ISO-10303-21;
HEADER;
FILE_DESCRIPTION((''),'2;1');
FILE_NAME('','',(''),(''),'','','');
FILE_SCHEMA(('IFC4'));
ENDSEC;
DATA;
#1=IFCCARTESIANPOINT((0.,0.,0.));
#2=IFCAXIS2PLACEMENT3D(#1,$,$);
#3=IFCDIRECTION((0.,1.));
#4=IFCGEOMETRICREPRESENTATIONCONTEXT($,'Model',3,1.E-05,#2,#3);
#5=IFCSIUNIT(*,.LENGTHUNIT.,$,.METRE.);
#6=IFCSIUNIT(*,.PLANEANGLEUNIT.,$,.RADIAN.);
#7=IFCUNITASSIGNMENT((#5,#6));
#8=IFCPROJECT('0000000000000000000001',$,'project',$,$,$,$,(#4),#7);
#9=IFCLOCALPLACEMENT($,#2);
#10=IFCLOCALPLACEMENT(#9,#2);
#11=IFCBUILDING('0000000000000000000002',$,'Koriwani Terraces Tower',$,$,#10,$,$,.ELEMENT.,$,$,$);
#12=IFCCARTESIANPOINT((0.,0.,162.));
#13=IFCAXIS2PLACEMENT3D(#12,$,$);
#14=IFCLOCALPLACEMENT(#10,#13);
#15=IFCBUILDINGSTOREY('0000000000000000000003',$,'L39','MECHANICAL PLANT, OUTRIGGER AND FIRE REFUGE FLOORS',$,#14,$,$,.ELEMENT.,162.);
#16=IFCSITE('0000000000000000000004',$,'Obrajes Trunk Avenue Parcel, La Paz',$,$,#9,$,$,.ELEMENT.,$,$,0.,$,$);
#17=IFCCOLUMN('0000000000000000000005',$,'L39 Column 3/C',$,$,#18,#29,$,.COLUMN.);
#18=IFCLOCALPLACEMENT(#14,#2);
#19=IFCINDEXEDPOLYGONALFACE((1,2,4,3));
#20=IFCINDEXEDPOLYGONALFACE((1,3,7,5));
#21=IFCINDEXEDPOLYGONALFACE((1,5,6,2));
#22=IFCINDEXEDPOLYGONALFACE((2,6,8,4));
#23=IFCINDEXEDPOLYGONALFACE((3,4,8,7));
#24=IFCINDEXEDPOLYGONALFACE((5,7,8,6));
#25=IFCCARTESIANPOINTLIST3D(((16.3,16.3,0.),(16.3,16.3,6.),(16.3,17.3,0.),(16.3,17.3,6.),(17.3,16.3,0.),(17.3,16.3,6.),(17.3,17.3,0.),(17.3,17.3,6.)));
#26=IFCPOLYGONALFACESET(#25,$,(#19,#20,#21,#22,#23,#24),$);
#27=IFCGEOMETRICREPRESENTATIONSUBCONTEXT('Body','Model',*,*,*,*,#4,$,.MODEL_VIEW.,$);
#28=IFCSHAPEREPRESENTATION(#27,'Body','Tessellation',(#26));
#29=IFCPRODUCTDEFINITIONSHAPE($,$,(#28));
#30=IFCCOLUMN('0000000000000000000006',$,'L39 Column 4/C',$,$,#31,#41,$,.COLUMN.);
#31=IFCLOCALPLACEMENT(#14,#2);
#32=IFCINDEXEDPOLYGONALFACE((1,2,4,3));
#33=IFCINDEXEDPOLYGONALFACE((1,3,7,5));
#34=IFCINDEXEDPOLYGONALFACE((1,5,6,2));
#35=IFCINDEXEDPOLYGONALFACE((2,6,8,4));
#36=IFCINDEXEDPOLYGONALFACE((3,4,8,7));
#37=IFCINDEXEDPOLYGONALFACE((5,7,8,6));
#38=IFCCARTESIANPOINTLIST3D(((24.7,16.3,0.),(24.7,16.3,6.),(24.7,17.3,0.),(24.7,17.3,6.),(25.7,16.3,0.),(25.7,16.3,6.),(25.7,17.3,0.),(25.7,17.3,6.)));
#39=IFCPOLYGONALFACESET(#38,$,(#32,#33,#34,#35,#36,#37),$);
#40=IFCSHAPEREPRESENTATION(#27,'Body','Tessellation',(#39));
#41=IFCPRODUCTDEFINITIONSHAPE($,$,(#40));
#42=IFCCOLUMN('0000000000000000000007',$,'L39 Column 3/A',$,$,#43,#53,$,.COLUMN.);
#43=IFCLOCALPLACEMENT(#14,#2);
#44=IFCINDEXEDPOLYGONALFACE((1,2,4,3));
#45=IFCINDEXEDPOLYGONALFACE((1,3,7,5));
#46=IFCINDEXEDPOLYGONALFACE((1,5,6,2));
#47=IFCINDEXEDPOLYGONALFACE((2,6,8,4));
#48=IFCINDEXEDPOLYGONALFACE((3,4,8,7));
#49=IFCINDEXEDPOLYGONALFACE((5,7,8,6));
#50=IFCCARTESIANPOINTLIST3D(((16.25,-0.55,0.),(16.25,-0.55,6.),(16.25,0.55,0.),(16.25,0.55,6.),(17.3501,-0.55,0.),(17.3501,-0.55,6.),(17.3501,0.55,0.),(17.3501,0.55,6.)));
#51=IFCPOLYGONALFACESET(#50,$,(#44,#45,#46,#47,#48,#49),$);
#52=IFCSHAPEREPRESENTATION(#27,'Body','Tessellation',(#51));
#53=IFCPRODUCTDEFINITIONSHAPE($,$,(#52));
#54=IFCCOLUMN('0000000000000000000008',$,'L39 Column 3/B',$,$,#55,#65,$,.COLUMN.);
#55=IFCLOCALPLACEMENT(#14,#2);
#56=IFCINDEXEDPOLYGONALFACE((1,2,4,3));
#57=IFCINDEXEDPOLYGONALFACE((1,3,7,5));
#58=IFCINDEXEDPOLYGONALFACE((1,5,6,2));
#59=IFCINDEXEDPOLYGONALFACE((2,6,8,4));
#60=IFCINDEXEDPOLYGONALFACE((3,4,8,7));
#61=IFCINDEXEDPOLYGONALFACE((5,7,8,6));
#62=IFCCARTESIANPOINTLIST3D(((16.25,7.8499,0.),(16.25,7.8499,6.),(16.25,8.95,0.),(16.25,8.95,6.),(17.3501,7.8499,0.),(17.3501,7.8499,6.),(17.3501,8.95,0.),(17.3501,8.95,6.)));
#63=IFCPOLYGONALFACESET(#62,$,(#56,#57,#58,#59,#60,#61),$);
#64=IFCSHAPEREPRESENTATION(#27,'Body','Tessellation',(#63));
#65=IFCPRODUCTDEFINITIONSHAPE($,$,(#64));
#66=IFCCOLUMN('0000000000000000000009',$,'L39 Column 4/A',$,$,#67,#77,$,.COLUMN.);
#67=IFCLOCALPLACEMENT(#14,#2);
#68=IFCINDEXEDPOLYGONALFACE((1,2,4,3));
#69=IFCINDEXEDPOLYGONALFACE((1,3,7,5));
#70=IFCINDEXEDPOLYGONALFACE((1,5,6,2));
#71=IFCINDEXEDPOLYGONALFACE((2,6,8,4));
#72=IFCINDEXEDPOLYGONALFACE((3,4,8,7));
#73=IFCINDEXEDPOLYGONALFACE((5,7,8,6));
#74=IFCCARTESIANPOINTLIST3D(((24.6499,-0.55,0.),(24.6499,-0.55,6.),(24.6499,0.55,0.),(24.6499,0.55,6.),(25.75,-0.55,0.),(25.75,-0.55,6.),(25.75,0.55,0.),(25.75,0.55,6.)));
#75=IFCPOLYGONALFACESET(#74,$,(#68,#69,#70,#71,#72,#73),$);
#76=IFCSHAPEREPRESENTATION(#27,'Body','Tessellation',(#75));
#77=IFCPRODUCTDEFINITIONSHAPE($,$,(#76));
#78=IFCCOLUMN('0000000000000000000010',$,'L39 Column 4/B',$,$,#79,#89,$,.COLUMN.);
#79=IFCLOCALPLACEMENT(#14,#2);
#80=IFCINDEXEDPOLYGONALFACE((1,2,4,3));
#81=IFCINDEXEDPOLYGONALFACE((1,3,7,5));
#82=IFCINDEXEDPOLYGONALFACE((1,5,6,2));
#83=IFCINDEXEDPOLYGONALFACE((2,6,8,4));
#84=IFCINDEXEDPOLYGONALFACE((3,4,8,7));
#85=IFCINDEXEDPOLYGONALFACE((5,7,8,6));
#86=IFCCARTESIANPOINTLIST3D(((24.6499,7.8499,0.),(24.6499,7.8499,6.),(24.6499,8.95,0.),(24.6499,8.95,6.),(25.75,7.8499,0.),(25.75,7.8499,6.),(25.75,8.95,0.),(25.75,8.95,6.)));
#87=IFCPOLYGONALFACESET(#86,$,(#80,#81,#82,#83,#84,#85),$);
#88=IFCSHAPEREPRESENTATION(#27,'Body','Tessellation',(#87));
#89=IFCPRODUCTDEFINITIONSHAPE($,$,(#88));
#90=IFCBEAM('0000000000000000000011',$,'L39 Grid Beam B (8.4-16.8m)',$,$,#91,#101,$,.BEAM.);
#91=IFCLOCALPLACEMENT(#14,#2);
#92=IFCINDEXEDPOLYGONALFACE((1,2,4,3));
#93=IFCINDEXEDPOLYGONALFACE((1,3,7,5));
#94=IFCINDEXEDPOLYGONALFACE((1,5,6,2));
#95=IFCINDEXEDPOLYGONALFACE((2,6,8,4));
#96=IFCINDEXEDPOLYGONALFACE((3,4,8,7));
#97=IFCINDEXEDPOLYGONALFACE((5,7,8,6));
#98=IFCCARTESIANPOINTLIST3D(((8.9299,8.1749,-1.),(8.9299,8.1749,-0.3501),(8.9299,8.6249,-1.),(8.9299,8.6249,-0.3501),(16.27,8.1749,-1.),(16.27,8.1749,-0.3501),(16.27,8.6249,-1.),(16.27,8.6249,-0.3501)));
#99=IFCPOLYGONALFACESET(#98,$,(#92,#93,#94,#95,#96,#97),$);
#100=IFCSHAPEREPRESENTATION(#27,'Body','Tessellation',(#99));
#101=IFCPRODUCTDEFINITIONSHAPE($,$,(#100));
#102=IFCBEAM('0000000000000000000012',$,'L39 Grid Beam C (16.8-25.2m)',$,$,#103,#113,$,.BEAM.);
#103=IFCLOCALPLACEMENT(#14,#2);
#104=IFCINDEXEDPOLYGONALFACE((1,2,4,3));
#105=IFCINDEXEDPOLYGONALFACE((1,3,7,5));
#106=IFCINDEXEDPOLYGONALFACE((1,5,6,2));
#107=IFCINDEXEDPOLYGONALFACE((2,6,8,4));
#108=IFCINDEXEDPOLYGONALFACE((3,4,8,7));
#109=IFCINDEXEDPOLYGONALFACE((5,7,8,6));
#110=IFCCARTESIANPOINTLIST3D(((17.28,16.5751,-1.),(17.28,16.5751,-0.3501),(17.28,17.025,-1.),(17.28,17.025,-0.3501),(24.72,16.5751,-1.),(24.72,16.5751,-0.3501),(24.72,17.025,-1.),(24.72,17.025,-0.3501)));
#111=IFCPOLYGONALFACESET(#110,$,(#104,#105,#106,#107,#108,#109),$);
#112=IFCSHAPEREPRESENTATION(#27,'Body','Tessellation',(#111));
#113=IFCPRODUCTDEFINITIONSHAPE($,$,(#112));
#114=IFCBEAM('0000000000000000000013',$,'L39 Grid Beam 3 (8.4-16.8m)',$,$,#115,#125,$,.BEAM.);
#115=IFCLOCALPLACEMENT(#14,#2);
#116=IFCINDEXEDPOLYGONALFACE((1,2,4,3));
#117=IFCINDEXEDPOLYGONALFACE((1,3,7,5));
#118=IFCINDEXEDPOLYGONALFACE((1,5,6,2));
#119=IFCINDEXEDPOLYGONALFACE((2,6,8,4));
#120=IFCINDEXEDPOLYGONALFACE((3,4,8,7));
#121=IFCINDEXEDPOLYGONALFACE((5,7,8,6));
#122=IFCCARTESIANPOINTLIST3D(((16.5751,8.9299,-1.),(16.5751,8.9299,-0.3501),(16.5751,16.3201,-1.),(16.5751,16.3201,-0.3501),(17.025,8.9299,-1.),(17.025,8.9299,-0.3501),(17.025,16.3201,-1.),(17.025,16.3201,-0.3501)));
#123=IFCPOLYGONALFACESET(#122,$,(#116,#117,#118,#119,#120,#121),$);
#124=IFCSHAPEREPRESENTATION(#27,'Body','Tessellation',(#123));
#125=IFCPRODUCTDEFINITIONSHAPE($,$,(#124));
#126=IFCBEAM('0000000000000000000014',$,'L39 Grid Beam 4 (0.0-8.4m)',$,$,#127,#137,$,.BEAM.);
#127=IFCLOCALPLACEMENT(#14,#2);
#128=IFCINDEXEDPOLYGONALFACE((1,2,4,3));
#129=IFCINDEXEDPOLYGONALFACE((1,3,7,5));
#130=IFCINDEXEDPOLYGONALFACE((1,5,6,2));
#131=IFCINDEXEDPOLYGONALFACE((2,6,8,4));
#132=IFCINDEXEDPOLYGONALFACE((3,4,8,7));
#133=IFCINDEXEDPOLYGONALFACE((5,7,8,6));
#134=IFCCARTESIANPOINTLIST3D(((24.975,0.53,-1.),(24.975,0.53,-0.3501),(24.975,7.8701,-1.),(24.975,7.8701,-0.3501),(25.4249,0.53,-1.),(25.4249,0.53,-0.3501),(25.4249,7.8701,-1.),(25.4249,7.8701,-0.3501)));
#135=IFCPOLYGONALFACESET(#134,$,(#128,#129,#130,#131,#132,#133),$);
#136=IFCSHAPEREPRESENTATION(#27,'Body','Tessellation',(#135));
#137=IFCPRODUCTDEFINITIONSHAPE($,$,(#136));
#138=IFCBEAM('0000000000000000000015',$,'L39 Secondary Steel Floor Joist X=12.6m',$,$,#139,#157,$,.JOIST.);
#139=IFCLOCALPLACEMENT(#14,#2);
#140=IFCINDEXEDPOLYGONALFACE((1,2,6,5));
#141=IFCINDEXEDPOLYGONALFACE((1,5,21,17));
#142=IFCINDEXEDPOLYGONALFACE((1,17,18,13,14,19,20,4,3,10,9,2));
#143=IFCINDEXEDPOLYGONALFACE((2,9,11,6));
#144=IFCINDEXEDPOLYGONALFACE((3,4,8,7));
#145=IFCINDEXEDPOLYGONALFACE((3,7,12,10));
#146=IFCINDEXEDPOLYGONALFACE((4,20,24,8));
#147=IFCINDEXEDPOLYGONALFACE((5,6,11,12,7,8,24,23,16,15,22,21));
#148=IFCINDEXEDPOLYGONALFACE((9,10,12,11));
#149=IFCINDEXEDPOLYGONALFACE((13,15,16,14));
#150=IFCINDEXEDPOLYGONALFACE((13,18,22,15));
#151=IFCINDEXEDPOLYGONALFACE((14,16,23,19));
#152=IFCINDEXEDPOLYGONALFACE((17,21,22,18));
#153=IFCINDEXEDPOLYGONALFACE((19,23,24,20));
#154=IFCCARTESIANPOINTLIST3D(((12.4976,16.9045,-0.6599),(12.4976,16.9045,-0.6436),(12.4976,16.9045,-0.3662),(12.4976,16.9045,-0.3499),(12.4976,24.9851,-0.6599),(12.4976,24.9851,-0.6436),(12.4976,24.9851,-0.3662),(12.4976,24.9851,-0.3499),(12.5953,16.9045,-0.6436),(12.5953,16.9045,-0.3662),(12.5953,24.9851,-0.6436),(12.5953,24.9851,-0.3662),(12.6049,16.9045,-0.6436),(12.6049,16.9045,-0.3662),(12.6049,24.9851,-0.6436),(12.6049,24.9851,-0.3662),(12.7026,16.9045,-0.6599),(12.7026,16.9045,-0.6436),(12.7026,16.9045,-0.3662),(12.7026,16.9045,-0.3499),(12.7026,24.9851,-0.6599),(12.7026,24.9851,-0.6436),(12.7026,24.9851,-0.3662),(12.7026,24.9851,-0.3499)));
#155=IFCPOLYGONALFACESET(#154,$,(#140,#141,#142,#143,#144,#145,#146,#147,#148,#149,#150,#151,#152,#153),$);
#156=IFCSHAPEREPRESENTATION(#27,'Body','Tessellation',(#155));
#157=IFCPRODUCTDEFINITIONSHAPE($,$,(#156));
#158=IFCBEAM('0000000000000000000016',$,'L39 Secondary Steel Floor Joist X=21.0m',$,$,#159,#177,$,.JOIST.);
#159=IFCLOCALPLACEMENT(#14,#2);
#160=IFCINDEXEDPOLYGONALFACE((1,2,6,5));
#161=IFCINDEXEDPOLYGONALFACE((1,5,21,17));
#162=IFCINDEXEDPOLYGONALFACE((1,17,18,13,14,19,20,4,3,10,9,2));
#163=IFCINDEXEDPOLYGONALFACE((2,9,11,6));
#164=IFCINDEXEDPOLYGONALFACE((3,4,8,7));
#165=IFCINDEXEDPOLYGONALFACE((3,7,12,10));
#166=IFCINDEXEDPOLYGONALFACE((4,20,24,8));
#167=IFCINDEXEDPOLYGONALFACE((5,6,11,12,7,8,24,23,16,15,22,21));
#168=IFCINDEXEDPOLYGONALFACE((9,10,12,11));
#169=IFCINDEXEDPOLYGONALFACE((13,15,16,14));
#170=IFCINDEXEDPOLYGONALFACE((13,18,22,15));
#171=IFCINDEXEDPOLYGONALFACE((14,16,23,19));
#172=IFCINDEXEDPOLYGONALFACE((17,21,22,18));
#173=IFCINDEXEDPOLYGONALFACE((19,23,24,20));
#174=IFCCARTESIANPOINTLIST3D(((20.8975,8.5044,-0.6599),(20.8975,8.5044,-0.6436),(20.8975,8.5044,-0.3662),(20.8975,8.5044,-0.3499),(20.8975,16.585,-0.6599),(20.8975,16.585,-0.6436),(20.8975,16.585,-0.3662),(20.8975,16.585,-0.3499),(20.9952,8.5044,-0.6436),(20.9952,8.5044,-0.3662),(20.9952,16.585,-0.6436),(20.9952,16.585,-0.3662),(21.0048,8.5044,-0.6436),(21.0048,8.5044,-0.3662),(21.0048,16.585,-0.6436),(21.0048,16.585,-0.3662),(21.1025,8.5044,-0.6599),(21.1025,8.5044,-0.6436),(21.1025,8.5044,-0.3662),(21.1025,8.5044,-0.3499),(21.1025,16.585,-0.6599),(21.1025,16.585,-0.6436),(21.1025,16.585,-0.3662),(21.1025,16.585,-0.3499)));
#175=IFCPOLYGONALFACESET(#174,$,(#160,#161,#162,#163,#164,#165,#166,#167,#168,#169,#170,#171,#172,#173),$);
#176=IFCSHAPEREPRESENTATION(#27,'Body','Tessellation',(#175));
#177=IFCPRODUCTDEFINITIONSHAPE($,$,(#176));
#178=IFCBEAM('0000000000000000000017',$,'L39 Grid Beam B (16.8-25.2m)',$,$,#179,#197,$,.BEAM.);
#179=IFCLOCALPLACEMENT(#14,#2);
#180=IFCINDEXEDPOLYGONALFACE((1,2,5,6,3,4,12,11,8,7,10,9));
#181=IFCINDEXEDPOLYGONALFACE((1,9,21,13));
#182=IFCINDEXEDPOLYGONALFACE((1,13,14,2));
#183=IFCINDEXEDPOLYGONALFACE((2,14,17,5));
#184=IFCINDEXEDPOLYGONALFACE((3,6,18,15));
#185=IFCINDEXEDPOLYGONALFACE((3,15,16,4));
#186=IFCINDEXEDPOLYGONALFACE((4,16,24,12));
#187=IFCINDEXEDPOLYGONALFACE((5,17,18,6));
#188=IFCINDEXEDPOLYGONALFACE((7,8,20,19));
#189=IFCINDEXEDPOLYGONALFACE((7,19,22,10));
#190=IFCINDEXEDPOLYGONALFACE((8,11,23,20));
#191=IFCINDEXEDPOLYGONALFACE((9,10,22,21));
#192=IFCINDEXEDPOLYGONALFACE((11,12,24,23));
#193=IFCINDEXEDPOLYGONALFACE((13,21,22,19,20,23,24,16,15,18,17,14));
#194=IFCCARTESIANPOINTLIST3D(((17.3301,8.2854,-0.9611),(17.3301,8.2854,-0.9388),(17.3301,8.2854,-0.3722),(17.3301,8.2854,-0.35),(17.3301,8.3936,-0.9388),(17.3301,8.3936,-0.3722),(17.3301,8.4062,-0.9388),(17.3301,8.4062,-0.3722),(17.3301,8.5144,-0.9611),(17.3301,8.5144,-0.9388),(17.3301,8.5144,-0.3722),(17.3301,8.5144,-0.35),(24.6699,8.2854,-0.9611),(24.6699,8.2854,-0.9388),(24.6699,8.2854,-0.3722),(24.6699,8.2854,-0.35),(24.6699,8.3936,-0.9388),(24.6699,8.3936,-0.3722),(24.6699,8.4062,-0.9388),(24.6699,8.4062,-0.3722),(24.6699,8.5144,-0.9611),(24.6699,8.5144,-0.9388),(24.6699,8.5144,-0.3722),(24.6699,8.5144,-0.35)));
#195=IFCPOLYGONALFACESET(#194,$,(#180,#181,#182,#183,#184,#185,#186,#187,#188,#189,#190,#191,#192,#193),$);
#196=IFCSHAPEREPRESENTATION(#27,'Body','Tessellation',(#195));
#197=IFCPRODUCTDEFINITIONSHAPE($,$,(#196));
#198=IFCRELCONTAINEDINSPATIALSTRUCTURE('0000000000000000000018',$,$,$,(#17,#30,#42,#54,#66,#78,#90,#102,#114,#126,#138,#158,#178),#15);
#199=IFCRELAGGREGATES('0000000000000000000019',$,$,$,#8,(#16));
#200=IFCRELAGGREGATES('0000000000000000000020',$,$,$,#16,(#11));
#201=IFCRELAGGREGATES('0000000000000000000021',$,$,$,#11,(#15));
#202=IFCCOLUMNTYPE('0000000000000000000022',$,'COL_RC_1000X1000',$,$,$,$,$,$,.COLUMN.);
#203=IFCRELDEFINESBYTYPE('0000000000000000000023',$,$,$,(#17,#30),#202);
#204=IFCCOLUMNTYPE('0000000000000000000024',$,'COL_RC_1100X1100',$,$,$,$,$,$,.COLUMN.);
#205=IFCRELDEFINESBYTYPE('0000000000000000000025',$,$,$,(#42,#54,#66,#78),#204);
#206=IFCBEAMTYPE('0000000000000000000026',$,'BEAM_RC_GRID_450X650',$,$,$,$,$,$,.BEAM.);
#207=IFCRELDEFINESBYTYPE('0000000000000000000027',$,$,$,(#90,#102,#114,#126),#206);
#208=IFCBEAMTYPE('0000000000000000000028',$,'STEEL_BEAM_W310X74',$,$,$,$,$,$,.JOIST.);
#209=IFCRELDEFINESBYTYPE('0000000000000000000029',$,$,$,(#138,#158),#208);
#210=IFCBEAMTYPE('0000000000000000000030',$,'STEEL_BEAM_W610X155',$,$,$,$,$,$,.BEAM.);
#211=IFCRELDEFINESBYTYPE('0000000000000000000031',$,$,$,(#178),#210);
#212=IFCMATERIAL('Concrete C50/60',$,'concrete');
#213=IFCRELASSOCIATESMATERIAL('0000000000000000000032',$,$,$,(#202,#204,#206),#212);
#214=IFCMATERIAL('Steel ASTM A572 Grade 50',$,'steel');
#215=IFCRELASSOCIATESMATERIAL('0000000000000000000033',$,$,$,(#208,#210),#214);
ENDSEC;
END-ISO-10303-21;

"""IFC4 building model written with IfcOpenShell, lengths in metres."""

from ifc_helpers import new_model, si_unit, direction, frame, origin, origin_2d, place, context, subcontext, project, spatial, rectangle, i_section, extrude, material, material_profile, profile_set, type_object, element, save


model = new_model("IFC4")

# Units and contexts
model_context = context("Model", 3, precision=1e-05, world=origin(), true_north=direction((0.0, 1.0)))
body_context = subcontext(model_context, "Body", "Model", "MODEL_VIEW")
ifc_project = project(units=[si_unit("LENGTHUNIT", "METRE"), si_unit("PLANEANGLEUNIT", "RADIAN")], contexts=[model_context])

# Site, building, storey
site_placement = place(None, origin())
site = spatial("IfcSite", under=ifc_project, at=site_placement, Name="Obrajes Trunk Avenue Parcel, La Paz", CompositionType="ELEMENT", RefElevation=0.0)
building_placement = place(site_placement, origin())
building = spatial("IfcBuilding", under=site, at=building_placement, Name="Koriwani Terraces Tower", CompositionType="ELEMENT")
storey_placement = place(building_placement, frame((0.0, 0.0, 162.0)))
storey = spatial("IfcBuildingStorey", under=building, at=storey_placement, Name="L39", Description="MECHANICAL PLANT, OUTRIGGER AND FIRE REFUGE FLOORS", CompositionType="ELEMENT", Elevation=162.0)

# Columns
ifc_material_1 = material(Name="Concrete C50/60", Category="concrete")
ifc_material_profile_1 = material_profile(ifc_material_1, rectangle(XDim=1.0, YDim=1.0, at=origin_2d()), Name="Concrete C50/60", Category="LoadBearing")
ifc_profile_set_1 = profile_set([ifc_material_profile_1], Name="Concrete C50/60")
column_type_1 = type_object("IfcColumnType", Name="COL_RC_1000X1000", PredefinedType="COLUMN", material=ifc_profile_set_1)
for number, where, z_axis, x_axis, name in (
    (1, (16.8, 16.8, 0.0), (0.0, 0.0, 1.0), (1.0, 0.0, 0.0), "L39 Column 3/C"),
    (2, (25.2, 16.8, 0.0), (0.0, 0.0, 1.0), (1.0, 0.0, 0.0), "L39 Column 4/C"),
):
    element("IfcColumn", number, at=place(storey_placement, frame(where, z_axis=z_axis, x_axis=x_axis)), inside=storey, type_object=column_type_1, Name=name, PredefinedType="COLUMN", context=body_context, shape_type="SweptSolid", body=[
        extrude(rectangle(XDim=1.0, YDim=1.0, at=origin_2d()), origin(), (0.0, 0.0, 1.0), 6.0),
    ])
ifc_material_profile_2 = material_profile(ifc_material_1, rectangle(XDim=1.1001, YDim=1.1001, at=origin_2d()), Name="Concrete C50/60", Category="LoadBearing")
ifc_profile_set_2 = profile_set([ifc_material_profile_2], Name="Concrete C50/60")
column_type_2 = type_object("IfcColumnType", Name="COL_RC_1100X1100", PredefinedType="COLUMN", material=ifc_profile_set_2)
for number, where, z_axis, x_axis, name in (
    (3, (16.8, 0.0, 0.0), (0.0, 0.0, 1.0), (1.0, 0.0, 0.0), "L39 Column 3/A"),
    (4, (16.8, 8.3999, 0.0), (0.0, 0.0, 1.0), (1.0, 0.0, 0.0), "L39 Column 3/B"),
    (5, (25.2, 0.0, 0.0), (0.0, 0.0, 1.0), (1.0, 0.0, 0.0), "L39 Column 4/A"),
    (6, (25.2, 8.3999, 0.0), (0.0, 0.0, 1.0), (1.0, 0.0, 0.0), "L39 Column 4/B"),
):
    element("IfcColumn", number, at=place(storey_placement, frame(where, z_axis=z_axis, x_axis=x_axis)), inside=storey, type_object=column_type_2, Name=name, PredefinedType="COLUMN", context=body_context, shape_type="SweptSolid", body=[
        extrude(rectangle(XDim=1.1001, YDim=1.1001, at=origin_2d()), origin(), (0.0, 0.0, 1.0), 6.0),
    ])

# Beams
ifc_material_profile_3 = material_profile(ifc_material_1, rectangle(XDim=0.45, YDim=0.6499, at=origin_2d()), Name="Concrete C50/60", Category="LoadBearing")
ifc_profile_set_3 = profile_set([ifc_material_profile_3], Name="Concrete C50/60")
beam_type_1 = type_object("IfcBeamType", Name="BEAM_RC_GRID_450X650", PredefinedType="BEAM", material=ifc_profile_set_3)
beam_1_placement = place(storey_placement, frame((8.9299, 8.3999, -0.675), z_axis=(1.0, 0.0, 0.0), x_axis=(0.0, 1.0, 0.0)))
element("IfcBeam", 7, at=beam_1_placement, inside=storey, type_object=beam_type_1, Name="L39 Grid Beam B (8.4-16.8m)", PredefinedType="BEAM", context=body_context, shape_type="SweptSolid", body=[
    extrude(rectangle(XDim=0.45, YDim=0.6499, at=origin_2d()), origin(), (0.0, 0.0, 1.0), 7.3401),
])
beam_2_placement = place(storey_placement, frame((17.28, 16.8, -0.675), z_axis=(1.0, 0.0, 0.0), x_axis=(0.0, 1.0, 0.0)))
element("IfcBeam", 8, at=beam_2_placement, inside=storey, type_object=beam_type_1, Name="L39 Grid Beam C (16.8-25.2m)", PredefinedType="BEAM", context=body_context, shape_type="SweptSolid", body=[
    extrude(rectangle(XDim=0.45, YDim=0.6499, at=origin_2d()), origin(), (0.0, 0.0, 1.0), 7.4399),
])
beam_3_placement = place(storey_placement, frame((16.8, 8.9299, -0.675), z_axis=(0.0, 1.0, 0.0), x_axis=(-1.0, 0.0, 0.0)))
element("IfcBeam", 9, at=beam_3_placement, inside=storey, type_object=beam_type_1, Name="L39 Grid Beam 3 (8.4-16.8m)", PredefinedType="BEAM", context=body_context, shape_type="SweptSolid", body=[
    extrude(rectangle(XDim=0.45, YDim=0.6499, at=origin_2d()), origin(), (0.0, 0.0, 1.0), 7.3901),
])
beam_4_placement = place(storey_placement, frame((25.2, 0.53, -0.675), z_axis=(0.0, 1.0, 0.0), x_axis=(-1.0, 0.0, 0.0)))
element("IfcBeam", 10, at=beam_4_placement, inside=storey, type_object=beam_type_1, Name="L39 Grid Beam 4 (0.0-8.4m)", PredefinedType="BEAM", context=body_context, shape_type="SweptSolid", body=[
    extrude(rectangle(XDim=0.45, YDim=0.6499, at=origin_2d()), origin(), (0.0, 0.0, 1.0), 7.3401),
])
ifc_material_2 = material(Name="Steel ASTM A572 Grade 50", Category="steel")
ifc_material_profile_4 = material_profile(ifc_material_2, i_section(OverallWidth=0.2051, OverallDepth=0.3101, WebThickness=0.0095, FlangeThickness=0.0164, at=origin_2d()), Name="Steel ASTM A572 Grade 50", Category="LoadBearing")
ifc_profile_set_4 = profile_set([ifc_material_profile_4], Name="Steel ASTM A572 Grade 50")
beam_type_2 = type_object("IfcBeamType", Name="STEEL_BEAM_W310X74", PredefinedType="JOIST", material=ifc_profile_set_4)
for number, where, z_axis, x_axis, name in (
    (11, (12.6001, 16.9045, -0.5049), (0.0, 1.0, 0.0), (-1.0, 0.0, 0.0), "L39 Secondary Steel Floor Joist X=12.6m"),
    (12, (21.0, 8.5044, -0.5049), (0.0, 1.0, 0.0), (-1.0, 0.0, 0.0), "L39 Secondary Steel Floor Joist X=21.0m"),
):
    element("IfcBeam", number, at=place(storey_placement, frame(where, z_axis=z_axis, x_axis=x_axis)), inside=storey, type_object=beam_type_2, Name=name, PredefinedType="JOIST", context=body_context, shape_type="SweptSolid", body=[
        extrude(i_section(OverallWidth=0.2051, OverallDepth=0.3101, WebThickness=0.0095, FlangeThickness=0.0164, at=origin_2d()), origin(), (0.0, 0.0, 1.0), 8.0806),
    ])
ifc_material_profile_5 = material_profile(ifc_material_2, i_section(OverallWidth=0.229, OverallDepth=0.6111, WebThickness=0.0127, FlangeThickness=0.0222, at=origin_2d()), Name="Steel ASTM A572 Grade 50", Category="LoadBearing")
ifc_profile_set_5 = profile_set([ifc_material_profile_5], Name="Steel ASTM A572 Grade 50")
beam_type_3 = type_object("IfcBeamType", Name="STEEL_BEAM_W610X155", PredefinedType="BEAM", material=ifc_profile_set_5)
beam_5_placement = place(storey_placement, frame((17.3301, 8.3999, -0.6555), z_axis=(1.0, 0.0, 0.0), x_axis=(0.0, 1.0, 0.0)))
element("IfcBeam", 13, at=beam_5_placement, inside=storey, type_object=beam_type_3, Name="L39 Grid Beam B (16.8-25.2m)", PredefinedType="BEAM", context=body_context, shape_type="SweptSolid", body=[
    extrude(i_section(OverallWidth=0.229, OverallDepth=0.6111, WebThickness=0.0127, FlangeThickness=0.0222, at=origin_2d()), origin(), (0.0, 0.0, 1.0), 7.3398),
])

save(model, "model.ifc")
